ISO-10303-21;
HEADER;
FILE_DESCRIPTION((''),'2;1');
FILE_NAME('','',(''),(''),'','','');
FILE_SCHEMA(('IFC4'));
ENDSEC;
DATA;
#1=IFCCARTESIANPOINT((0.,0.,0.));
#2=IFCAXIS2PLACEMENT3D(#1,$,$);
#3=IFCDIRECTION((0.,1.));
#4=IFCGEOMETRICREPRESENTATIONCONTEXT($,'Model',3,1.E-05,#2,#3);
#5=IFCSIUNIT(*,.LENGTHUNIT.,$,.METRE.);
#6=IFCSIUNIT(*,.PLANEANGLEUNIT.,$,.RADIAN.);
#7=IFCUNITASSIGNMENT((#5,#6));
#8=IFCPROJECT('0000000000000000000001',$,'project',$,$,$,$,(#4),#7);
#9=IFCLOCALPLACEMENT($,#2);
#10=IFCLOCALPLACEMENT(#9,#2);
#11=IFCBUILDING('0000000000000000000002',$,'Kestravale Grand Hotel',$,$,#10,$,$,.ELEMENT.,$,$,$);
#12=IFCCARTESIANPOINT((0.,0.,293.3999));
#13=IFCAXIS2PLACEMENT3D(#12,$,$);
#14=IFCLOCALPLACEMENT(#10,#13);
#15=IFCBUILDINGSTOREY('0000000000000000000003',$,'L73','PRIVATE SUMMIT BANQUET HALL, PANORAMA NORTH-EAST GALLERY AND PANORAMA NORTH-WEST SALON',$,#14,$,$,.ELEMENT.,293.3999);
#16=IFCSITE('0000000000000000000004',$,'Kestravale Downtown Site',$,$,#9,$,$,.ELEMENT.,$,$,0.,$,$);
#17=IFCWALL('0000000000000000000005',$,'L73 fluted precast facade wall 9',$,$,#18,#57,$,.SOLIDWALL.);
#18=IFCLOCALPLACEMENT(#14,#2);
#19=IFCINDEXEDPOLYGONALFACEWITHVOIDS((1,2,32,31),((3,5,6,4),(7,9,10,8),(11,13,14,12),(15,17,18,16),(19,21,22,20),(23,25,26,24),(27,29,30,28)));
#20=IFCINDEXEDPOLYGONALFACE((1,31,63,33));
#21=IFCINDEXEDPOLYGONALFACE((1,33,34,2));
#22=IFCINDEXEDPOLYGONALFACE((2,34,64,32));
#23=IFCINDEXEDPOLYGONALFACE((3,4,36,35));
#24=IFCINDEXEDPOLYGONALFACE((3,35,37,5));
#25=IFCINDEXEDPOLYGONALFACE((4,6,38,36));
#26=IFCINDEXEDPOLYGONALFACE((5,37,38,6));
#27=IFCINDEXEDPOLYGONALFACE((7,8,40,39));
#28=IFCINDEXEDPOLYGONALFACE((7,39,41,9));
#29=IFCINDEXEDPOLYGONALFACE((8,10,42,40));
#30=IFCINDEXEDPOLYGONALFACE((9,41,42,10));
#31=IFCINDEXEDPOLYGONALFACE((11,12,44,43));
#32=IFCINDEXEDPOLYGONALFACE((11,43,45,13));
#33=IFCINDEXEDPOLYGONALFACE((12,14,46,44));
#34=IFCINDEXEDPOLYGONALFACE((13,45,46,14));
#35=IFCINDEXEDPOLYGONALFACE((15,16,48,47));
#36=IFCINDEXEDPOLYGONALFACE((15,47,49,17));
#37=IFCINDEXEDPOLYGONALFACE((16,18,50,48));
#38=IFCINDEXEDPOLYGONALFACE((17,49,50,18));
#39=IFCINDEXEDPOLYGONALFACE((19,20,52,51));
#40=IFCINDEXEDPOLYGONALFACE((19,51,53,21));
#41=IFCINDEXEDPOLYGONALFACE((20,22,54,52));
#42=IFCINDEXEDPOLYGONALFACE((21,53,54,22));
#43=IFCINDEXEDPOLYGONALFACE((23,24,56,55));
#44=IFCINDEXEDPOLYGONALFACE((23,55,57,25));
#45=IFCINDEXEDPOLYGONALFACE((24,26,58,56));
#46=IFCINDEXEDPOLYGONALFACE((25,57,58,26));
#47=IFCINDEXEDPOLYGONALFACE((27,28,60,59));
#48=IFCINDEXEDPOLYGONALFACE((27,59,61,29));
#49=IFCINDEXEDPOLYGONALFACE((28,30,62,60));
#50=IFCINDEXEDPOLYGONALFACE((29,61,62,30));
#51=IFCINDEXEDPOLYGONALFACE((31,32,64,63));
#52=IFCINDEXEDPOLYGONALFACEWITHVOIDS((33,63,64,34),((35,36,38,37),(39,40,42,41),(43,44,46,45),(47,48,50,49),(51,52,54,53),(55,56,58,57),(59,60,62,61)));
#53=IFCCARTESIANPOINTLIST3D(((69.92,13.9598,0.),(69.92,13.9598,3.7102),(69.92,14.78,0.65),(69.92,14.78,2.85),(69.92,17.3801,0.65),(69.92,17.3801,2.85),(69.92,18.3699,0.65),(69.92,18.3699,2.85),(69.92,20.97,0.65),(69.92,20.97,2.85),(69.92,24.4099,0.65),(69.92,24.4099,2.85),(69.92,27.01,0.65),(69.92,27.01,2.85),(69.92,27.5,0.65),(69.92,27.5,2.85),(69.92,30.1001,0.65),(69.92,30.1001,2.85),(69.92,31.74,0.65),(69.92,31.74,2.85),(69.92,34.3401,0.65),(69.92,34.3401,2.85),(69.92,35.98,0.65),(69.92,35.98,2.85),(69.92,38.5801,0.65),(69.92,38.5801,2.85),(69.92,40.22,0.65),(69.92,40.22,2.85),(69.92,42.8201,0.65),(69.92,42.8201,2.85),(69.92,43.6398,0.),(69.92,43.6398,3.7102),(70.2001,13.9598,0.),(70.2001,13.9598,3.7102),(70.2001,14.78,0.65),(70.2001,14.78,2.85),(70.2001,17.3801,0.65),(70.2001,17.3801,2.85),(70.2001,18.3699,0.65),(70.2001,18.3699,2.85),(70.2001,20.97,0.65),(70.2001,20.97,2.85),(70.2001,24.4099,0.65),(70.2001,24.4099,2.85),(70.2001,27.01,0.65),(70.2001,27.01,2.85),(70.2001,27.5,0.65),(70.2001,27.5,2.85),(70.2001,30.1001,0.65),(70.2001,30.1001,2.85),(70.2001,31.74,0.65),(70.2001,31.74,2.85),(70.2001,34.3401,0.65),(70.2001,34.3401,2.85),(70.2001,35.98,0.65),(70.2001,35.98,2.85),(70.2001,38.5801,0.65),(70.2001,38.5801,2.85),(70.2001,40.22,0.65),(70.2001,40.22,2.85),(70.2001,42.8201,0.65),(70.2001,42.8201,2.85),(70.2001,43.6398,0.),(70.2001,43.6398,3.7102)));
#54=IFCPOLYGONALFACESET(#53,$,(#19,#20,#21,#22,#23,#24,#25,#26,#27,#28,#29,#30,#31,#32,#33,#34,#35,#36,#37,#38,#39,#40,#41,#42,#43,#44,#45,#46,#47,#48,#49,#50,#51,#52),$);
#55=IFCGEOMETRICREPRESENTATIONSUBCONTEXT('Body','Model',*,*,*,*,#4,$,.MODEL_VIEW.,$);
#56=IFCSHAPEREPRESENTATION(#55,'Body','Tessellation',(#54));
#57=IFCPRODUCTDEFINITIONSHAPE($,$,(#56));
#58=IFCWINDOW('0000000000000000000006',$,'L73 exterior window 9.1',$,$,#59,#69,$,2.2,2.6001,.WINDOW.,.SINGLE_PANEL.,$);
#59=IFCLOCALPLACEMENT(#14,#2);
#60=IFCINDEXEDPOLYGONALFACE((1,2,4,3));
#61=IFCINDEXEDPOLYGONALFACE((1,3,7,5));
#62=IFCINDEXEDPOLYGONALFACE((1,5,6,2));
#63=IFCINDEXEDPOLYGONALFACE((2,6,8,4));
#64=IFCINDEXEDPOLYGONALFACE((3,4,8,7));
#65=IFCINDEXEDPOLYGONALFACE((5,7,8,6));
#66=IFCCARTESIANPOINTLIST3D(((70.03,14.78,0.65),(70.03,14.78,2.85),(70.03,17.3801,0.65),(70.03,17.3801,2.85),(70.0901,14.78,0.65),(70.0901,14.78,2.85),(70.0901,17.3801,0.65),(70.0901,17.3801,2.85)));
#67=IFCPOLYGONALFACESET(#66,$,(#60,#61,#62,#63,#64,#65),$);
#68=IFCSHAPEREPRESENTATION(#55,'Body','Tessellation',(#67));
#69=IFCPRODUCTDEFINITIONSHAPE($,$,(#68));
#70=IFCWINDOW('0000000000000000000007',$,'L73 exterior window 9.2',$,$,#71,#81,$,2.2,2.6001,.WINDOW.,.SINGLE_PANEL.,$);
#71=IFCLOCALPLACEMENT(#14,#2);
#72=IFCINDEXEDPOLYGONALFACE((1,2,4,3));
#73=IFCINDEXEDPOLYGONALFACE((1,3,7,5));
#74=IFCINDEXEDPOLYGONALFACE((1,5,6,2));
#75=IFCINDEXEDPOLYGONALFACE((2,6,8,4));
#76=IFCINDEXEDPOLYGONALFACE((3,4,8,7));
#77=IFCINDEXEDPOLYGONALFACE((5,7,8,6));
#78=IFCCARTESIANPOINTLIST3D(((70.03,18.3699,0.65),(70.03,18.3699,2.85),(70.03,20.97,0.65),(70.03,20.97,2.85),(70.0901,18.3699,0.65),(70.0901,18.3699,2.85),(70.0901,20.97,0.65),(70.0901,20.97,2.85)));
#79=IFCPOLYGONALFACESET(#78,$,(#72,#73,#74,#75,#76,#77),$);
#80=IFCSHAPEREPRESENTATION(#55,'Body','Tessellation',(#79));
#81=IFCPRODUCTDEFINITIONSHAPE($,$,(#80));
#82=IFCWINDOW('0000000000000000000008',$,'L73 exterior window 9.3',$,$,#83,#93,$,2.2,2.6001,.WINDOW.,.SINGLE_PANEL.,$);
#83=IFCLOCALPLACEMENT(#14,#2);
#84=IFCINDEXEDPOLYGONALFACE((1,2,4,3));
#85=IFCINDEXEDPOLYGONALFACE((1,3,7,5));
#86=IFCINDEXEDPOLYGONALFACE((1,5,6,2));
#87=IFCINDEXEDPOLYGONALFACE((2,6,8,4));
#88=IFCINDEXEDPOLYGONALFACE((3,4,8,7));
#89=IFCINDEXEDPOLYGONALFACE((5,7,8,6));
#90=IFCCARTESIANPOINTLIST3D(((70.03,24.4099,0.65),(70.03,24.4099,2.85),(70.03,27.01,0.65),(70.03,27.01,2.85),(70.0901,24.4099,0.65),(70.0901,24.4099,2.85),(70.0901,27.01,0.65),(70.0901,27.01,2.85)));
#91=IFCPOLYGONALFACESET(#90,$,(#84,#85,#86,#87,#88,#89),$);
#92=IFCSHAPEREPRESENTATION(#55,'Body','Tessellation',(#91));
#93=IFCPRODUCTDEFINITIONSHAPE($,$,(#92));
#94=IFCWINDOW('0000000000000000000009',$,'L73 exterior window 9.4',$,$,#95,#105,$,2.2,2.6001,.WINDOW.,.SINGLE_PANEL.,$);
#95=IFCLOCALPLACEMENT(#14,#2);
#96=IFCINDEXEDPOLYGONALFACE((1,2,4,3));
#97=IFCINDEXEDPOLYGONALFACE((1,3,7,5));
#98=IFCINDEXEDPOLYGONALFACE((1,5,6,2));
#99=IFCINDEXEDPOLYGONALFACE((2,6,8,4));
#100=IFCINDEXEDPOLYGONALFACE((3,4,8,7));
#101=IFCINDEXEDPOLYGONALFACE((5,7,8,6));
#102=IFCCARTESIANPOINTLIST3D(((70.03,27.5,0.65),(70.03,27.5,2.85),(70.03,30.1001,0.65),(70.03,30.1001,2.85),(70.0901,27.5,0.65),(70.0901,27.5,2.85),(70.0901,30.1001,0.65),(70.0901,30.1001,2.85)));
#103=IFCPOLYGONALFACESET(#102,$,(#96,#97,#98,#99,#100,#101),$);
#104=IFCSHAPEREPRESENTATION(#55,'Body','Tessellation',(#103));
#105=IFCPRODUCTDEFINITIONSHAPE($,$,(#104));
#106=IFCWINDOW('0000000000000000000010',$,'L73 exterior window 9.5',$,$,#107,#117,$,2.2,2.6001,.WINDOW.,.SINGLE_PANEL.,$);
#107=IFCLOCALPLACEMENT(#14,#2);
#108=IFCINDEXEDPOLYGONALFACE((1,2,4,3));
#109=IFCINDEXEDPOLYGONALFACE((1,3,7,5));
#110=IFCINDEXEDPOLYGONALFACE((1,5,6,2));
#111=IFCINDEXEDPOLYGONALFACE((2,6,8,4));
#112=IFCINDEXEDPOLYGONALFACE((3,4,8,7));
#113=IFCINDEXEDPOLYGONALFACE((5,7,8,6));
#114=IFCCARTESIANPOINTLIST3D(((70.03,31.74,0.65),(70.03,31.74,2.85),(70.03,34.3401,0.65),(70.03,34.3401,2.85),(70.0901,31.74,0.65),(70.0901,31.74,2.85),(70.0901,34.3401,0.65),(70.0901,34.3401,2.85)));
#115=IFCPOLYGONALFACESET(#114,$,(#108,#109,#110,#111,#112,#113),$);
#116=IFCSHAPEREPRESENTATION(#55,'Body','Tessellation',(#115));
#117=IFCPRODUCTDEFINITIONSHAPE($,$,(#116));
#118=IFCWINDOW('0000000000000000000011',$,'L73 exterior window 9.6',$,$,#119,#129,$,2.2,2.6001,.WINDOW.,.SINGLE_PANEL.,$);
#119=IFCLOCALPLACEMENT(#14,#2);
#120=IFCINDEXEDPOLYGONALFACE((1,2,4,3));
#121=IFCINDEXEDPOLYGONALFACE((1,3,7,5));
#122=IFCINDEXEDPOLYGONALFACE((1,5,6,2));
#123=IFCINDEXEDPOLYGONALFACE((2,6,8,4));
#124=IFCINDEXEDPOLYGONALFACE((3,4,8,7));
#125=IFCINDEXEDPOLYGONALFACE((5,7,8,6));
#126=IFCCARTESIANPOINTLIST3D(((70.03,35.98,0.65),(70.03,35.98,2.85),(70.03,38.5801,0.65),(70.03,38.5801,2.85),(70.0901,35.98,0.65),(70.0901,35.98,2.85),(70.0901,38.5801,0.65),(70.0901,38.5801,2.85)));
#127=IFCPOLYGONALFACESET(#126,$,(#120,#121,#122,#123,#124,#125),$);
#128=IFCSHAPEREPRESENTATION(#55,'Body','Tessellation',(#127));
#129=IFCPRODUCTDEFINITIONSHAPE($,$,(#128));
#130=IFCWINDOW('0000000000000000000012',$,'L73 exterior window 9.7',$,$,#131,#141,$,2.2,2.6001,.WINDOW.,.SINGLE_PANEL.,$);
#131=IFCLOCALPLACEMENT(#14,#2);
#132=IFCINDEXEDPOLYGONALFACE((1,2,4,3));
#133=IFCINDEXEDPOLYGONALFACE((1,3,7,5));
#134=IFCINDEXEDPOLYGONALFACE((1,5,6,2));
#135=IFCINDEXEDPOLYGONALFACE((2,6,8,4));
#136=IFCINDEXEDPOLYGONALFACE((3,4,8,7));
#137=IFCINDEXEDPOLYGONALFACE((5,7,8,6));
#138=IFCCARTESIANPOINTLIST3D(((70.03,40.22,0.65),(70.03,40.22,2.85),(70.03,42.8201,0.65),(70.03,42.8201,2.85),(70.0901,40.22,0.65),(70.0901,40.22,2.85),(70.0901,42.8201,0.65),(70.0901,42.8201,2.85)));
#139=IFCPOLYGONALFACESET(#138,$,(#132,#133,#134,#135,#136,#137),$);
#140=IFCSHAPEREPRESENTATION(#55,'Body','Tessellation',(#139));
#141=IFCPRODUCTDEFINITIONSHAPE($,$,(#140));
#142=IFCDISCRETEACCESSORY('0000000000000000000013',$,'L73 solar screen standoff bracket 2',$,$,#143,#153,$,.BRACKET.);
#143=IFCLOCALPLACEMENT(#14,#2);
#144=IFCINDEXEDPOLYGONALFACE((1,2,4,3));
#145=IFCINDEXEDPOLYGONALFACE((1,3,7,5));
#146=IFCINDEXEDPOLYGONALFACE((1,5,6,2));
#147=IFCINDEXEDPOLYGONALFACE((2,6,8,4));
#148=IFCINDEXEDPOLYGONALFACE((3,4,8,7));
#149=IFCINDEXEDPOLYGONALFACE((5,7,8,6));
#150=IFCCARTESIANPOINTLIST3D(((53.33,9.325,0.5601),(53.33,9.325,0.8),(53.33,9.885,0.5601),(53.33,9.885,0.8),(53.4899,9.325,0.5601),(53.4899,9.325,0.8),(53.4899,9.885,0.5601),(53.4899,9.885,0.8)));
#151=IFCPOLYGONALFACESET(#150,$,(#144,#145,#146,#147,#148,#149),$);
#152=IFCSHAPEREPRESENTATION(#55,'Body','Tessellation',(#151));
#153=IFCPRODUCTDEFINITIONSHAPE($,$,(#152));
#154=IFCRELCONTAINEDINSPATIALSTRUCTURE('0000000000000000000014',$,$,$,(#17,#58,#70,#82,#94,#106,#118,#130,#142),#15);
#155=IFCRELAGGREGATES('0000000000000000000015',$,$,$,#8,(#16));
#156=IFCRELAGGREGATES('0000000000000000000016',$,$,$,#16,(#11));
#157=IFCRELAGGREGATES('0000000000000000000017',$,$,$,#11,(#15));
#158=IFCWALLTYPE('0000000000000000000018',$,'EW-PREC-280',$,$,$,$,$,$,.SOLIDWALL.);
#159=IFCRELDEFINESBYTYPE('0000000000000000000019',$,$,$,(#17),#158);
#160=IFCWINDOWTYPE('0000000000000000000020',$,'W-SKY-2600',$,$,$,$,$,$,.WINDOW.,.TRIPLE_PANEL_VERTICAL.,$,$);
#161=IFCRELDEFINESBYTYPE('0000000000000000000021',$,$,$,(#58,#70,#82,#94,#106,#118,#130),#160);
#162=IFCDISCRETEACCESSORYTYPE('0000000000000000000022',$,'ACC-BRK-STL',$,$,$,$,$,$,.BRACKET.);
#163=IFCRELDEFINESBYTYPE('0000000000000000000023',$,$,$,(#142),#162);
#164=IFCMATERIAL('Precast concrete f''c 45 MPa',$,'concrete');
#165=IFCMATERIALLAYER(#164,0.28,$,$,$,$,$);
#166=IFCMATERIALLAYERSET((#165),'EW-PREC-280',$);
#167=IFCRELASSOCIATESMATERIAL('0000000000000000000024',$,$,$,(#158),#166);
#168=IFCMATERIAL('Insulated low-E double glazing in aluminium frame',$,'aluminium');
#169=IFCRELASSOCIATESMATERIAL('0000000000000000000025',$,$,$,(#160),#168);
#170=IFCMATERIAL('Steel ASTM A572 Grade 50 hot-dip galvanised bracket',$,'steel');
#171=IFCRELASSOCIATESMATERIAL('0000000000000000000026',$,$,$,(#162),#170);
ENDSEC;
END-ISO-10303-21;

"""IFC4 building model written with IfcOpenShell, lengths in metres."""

from ifc_helpers import new_model, si_unit, direction, frame, frame_2d, origin, origin_2d, place, context, subcontext, project, spatial, rectangle, extrude, material, layer, layer_set, type_object, element, fill, save


model = new_model("IFC4")

# Units and contexts
model_context = context("Model", 3, precision=1e-05, world=origin(), true_north=direction((0.0, 1.0)))
body_context = subcontext(model_context, "Body", "Model", "MODEL_VIEW")
ifc_project = project(units=[si_unit("LENGTHUNIT", "METRE"), si_unit("PLANEANGLEUNIT", "RADIAN")], contexts=[model_context])

# Site, building, storey
site_placement = place(None, origin())
site = spatial("IfcSite", under=ifc_project, at=site_placement, Name="Kestravale Downtown Site", CompositionType="ELEMENT", RefElevation=0.0)
building_placement = place(site_placement, origin())
building = spatial("IfcBuilding", under=site, at=building_placement, Name="Kestravale Grand Hotel", CompositionType="ELEMENT")
storey_placement = place(building_placement, frame((0.0, 0.0, 293.3999)))
storey = spatial("IfcBuildingStorey", under=building, at=storey_placement, Name="L73", Description="PRIVATE SUMMIT BANQUET HALL, PANORAMA NORTH-EAST GALLERY AND PANORAMA NORTH-WEST SALON", CompositionType="ELEMENT", Elevation=293.3999)

# Shared definitions
ifc_material_1 = material(Name="Precast concrete f'c 45 MPa", Category="concrete")
ifc_layer = layer(ifc_material_1, 0.28)
ifc_layer_set = layer_set([ifc_layer], Name="EW-PREC-280")
wall_type = type_object("IfcWallType", Name="EW-PREC-280", PredefinedType="SOLIDWALL", material=ifc_layer_set)
ifc_material_2 = material(Name="Insulated low-E double glazing in aluminium frame", Category="aluminium")
window_type = type_object("IfcWindowType", Name="W-SKY-2600", PartitioningType="TRIPLE_PANEL_VERTICAL", PredefinedType="WINDOW", material=ifc_material_2)

# Wall, openings, windows
wall_1_placement = place(storey_placement, frame((70.0601, 13.96, 0.0), z_axis=(0.0, 0.0, 1.0), x_axis=(0.0, 1.0, 0.0)))
wall_1 = element("IfcWall", 1, at=wall_1_placement, inside=storey, type_object=wall_type, Name="L73 fluted precast facade wall 9", PredefinedType="SOLIDWALL", context=body_context, shape_type="SweptSolid", body=[
    extrude(rectangle(XDim=29.6799, YDim=0.28, at=frame_2d((14.8398, 0.0))), origin(), (0.0, 0.0, 1.0), 3.7102),
])
opening_1_placement = place(wall_1_placement, frame((0.8201, 0.0, 0.6499)))
opening_1 = element("IfcOpeningElement", 2, at=opening_1_placement, cuts=wall_1, PredefinedType="OPENING", context=body_context, shape_type="SweptSolid", body=[
    extrude(rectangle(XDim=2.6001, YDim=2.2, at=frame_2d((1.3, 1.1001))), frame((0.0, 0.1499, 0.0), z_axis=(0.0, -1.0, 0.0), x_axis=(1.0, 0.0, 0.0)), (0.0, 0.0, 1.0), 0.3),
])
opening_2_placement = place(wall_1_placement, frame((4.4099, 0.0, 0.6499)))
opening_2 = element("IfcOpeningElement", 3, at=opening_2_placement, cuts=wall_1, PredefinedType="OPENING", context=body_context, shape_type="SweptSolid", body=[
    extrude(rectangle(XDim=2.6001, YDim=2.2, at=frame_2d((1.3, 1.1001))), frame((0.0, 0.1499, 0.0), z_axis=(0.0, -1.0, 0.0), x_axis=(1.0, 0.0, 0.0)), (0.0, 0.0, 1.0), 0.3),
])
opening_3_placement = place(wall_1_placement, frame((10.45, 0.0, 0.6499)))
opening_3 = element("IfcOpeningElement", 4, at=opening_3_placement, cuts=wall_1, PredefinedType="OPENING", context=body_context, shape_type="SweptSolid", body=[
    extrude(rectangle(XDim=2.6001, YDim=2.2, at=frame_2d((1.3, 1.1001))), frame((0.0, 0.1499, 0.0), z_axis=(0.0, -1.0, 0.0), x_axis=(1.0, 0.0, 0.0)), (0.0, 0.0, 1.0), 0.3),
])
opening_4_placement = place(wall_1_placement, frame((13.54, 0.0, 0.6499)))
opening_4 = element("IfcOpeningElement", 5, at=opening_4_placement, cuts=wall_1, PredefinedType="OPENING", context=body_context, shape_type="SweptSolid", body=[
    extrude(rectangle(XDim=2.6001, YDim=2.2, at=frame_2d((1.3, 1.1001))), frame((0.0, 0.1499, 0.0), z_axis=(0.0, -1.0, 0.0), x_axis=(1.0, 0.0, 0.0)), (0.0, 0.0, 1.0), 0.3),
])
opening_5_placement = place(wall_1_placement, frame((17.78, 0.0, 0.6499)))
opening_5 = element("IfcOpeningElement", 6, at=opening_5_placement, cuts=wall_1, PredefinedType="OPENING", context=body_context, shape_type="SweptSolid", body=[
    extrude(rectangle(XDim=2.6001, YDim=2.2, at=frame_2d((1.3, 1.1001))), frame((0.0, 0.1499, 0.0), z_axis=(0.0, -1.0, 0.0), x_axis=(1.0, 0.0, 0.0)), (0.0, 0.0, 1.0), 0.3),
])
opening_6_placement = place(wall_1_placement, frame((22.02, 0.0, 0.6499)))
opening_6 = element("IfcOpeningElement", 7, at=opening_6_placement, cuts=wall_1, PredefinedType="OPENING", context=body_context, shape_type="SweptSolid", body=[
    extrude(rectangle(XDim=2.6001, YDim=2.2, at=frame_2d((1.3, 1.1001))), frame((0.0, 0.1499, 0.0), z_axis=(0.0, -1.0, 0.0), x_axis=(1.0, 0.0, 0.0)), (0.0, 0.0, 1.0), 0.3),
])
opening_7_placement = place(wall_1_placement, frame((26.26, 0.0, 0.6499)))
opening_7 = element("IfcOpeningElement", 8, at=opening_7_placement, cuts=wall_1, PredefinedType="OPENING", context=body_context, shape_type="SweptSolid", body=[
    extrude(rectangle(XDim=2.6001, YDim=2.2, at=frame_2d((1.3, 1.1001))), frame((0.0, 0.1499, 0.0), z_axis=(0.0, -1.0, 0.0), x_axis=(1.0, 0.0, 0.0)), (0.0, 0.0, 1.0), 0.3),
])
window_1_placement = place(opening_1_placement, origin())
window_1 = element("IfcWindow", 9, at=window_1_placement, inside=storey, type_object=window_type, Name="L73 exterior window 9.1", OverallHeight=2.2, OverallWidth=2.6001, PartitioningType="SINGLE_PANEL", PredefinedType="WINDOW", context=body_context, shape_type="SweptSolid", body=[
    extrude(rectangle(XDim=2.6001, YDim=2.2, at=frame_2d((1.3, 1.1001))), frame((0.0, 0.03, 0.0), z_axis=(0.0, -1.0, 0.0), x_axis=(1.0, 0.0, 0.0)), (0.0, 0.0, 1.0), 0.0601),
])
fill(opening_1, window_1)
window_2_placement = place(opening_2_placement, origin())
window_2 = element("IfcWindow", 10, at=window_2_placement, inside=storey, type_object=window_type, Name="L73 exterior window 9.2", OverallHeight=2.2, OverallWidth=2.6001, PartitioningType="SINGLE_PANEL", PredefinedType="WINDOW", context=body_context, shape_type="SweptSolid", body=[
    extrude(rectangle(XDim=2.6001, YDim=2.2, at=frame_2d((1.3, 1.1001))), frame((0.0, 0.03, 0.0), z_axis=(0.0, -1.0, 0.0), x_axis=(1.0, 0.0, 0.0)), (0.0, 0.0, 1.0), 0.0601),
])
fill(opening_2, window_2)
window_3_placement = place(opening_3_placement, origin())
window_3 = element("IfcWindow", 11, at=window_3_placement, inside=storey, type_object=window_type, Name="L73 exterior window 9.3", OverallHeight=2.2, OverallWidth=2.6001, PartitioningType="SINGLE_PANEL", PredefinedType="WINDOW", context=body_context, shape_type="SweptSolid", body=[
    extrude(rectangle(XDim=2.6001, YDim=2.2, at=frame_2d((1.3, 1.1001))), frame((0.0, 0.03, 0.0), z_axis=(0.0, -1.0, 0.0), x_axis=(1.0, 0.0, 0.0)), (0.0, 0.0, 1.0), 0.0601),
])
fill(opening_3, window_3)
window_4_placement = place(opening_4_placement, origin())
window_4 = element("IfcWindow", 12, at=window_4_placement, inside=storey, type_object=window_type, Name="L73 exterior window 9.4", OverallHeight=2.2, OverallWidth=2.6001, PartitioningType="SINGLE_PANEL", PredefinedType="WINDOW", context=body_context, shape_type="SweptSolid", body=[
    extrude(rectangle(XDim=2.6001, YDim=2.2, at=frame_2d((1.3, 1.1001))), frame((0.0, 0.03, 0.0), z_axis=(0.0, -1.0, 0.0), x_axis=(1.0, 0.0, 0.0)), (0.0, 0.0, 1.0), 0.0601),
])
fill(opening_4, window_4)
window_5_placement = place(opening_5_placement, origin())
window_5 = element("IfcWindow", 13, at=window_5_placement, inside=storey, type_object=window_type, Name="L73 exterior window 9.5", OverallHeight=2.2, OverallWidth=2.6001, PartitioningType="SINGLE_PANEL", PredefinedType="WINDOW", context=body_context, shape_type="SweptSolid", body=[
    extrude(rectangle(XDim=2.6001, YDim=2.2, at=frame_2d((1.3, 1.1001))), frame((0.0, 0.03, 0.0), z_axis=(0.0, -1.0, 0.0), x_axis=(1.0, 0.0, 0.0)), (0.0, 0.0, 1.0), 0.0601),
])
fill(opening_5, window_5)
window_6_placement = place(opening_6_placement, origin())
window_6 = element("IfcWindow", 14, at=window_6_placement, inside=storey, type_object=window_type, Name="L73 exterior window 9.6", OverallHeight=2.2, OverallWidth=2.6001, PartitioningType="SINGLE_PANEL", PredefinedType="WINDOW", context=body_context, shape_type="SweptSolid", body=[
    extrude(rectangle(XDim=2.6001, YDim=2.2, at=frame_2d((1.3, 1.1001))), frame((0.0, 0.03, 0.0), z_axis=(0.0, -1.0, 0.0), x_axis=(1.0, 0.0, 0.0)), (0.0, 0.0, 1.0), 0.0601),
])
fill(opening_6, window_6)
window_7_placement = place(opening_7_placement, origin())
window_7 = element("IfcWindow", 15, at=window_7_placement, inside=storey, type_object=window_type, Name="L73 exterior window 9.7", OverallHeight=2.2, OverallWidth=2.6001, PartitioningType="SINGLE_PANEL", PredefinedType="WINDOW", context=body_context, shape_type="SweptSolid", body=[
    extrude(rectangle(XDim=2.6001, YDim=2.2, at=frame_2d((1.3, 1.1001))), frame((0.0, 0.03, 0.0), z_axis=(0.0, -1.0, 0.0), x_axis=(1.0, 0.0, 0.0)), (0.0, 0.0, 1.0), 0.0601),
])
fill(opening_7, window_7)

# Discrete accessory
ifc_material_3 = material(Name="Steel ASTM A572 Grade 50 hot-dip galvanised bracket", Category="steel")
discrete_accessory_type = type_object("IfcDiscreteAccessoryType", Name="ACC-BRK-STL", PredefinedType="BRACKET", material=ifc_material_3)
discrete_accessory_placement = place(storey_placement, frame((53.4099, 9.605, 0.5601), z_axis=(0.0, 0.0, 1.0), x_axis=(1.0, 0.0, 0.0)))
element("IfcDiscreteAccessory", 16, at=discrete_accessory_placement, inside=storey, type_object=discrete_accessory_type, Name="L73 solar screen standoff bracket 2", PredefinedType="BRACKET", context=body_context, shape_type="SweptSolid", body=[
    extrude(rectangle(XDim=0.1599, YDim=0.5601, at=origin_2d()), origin(), (0.0, 0.0, 1.0), 0.24),
])

save(model, "model.ifc")
